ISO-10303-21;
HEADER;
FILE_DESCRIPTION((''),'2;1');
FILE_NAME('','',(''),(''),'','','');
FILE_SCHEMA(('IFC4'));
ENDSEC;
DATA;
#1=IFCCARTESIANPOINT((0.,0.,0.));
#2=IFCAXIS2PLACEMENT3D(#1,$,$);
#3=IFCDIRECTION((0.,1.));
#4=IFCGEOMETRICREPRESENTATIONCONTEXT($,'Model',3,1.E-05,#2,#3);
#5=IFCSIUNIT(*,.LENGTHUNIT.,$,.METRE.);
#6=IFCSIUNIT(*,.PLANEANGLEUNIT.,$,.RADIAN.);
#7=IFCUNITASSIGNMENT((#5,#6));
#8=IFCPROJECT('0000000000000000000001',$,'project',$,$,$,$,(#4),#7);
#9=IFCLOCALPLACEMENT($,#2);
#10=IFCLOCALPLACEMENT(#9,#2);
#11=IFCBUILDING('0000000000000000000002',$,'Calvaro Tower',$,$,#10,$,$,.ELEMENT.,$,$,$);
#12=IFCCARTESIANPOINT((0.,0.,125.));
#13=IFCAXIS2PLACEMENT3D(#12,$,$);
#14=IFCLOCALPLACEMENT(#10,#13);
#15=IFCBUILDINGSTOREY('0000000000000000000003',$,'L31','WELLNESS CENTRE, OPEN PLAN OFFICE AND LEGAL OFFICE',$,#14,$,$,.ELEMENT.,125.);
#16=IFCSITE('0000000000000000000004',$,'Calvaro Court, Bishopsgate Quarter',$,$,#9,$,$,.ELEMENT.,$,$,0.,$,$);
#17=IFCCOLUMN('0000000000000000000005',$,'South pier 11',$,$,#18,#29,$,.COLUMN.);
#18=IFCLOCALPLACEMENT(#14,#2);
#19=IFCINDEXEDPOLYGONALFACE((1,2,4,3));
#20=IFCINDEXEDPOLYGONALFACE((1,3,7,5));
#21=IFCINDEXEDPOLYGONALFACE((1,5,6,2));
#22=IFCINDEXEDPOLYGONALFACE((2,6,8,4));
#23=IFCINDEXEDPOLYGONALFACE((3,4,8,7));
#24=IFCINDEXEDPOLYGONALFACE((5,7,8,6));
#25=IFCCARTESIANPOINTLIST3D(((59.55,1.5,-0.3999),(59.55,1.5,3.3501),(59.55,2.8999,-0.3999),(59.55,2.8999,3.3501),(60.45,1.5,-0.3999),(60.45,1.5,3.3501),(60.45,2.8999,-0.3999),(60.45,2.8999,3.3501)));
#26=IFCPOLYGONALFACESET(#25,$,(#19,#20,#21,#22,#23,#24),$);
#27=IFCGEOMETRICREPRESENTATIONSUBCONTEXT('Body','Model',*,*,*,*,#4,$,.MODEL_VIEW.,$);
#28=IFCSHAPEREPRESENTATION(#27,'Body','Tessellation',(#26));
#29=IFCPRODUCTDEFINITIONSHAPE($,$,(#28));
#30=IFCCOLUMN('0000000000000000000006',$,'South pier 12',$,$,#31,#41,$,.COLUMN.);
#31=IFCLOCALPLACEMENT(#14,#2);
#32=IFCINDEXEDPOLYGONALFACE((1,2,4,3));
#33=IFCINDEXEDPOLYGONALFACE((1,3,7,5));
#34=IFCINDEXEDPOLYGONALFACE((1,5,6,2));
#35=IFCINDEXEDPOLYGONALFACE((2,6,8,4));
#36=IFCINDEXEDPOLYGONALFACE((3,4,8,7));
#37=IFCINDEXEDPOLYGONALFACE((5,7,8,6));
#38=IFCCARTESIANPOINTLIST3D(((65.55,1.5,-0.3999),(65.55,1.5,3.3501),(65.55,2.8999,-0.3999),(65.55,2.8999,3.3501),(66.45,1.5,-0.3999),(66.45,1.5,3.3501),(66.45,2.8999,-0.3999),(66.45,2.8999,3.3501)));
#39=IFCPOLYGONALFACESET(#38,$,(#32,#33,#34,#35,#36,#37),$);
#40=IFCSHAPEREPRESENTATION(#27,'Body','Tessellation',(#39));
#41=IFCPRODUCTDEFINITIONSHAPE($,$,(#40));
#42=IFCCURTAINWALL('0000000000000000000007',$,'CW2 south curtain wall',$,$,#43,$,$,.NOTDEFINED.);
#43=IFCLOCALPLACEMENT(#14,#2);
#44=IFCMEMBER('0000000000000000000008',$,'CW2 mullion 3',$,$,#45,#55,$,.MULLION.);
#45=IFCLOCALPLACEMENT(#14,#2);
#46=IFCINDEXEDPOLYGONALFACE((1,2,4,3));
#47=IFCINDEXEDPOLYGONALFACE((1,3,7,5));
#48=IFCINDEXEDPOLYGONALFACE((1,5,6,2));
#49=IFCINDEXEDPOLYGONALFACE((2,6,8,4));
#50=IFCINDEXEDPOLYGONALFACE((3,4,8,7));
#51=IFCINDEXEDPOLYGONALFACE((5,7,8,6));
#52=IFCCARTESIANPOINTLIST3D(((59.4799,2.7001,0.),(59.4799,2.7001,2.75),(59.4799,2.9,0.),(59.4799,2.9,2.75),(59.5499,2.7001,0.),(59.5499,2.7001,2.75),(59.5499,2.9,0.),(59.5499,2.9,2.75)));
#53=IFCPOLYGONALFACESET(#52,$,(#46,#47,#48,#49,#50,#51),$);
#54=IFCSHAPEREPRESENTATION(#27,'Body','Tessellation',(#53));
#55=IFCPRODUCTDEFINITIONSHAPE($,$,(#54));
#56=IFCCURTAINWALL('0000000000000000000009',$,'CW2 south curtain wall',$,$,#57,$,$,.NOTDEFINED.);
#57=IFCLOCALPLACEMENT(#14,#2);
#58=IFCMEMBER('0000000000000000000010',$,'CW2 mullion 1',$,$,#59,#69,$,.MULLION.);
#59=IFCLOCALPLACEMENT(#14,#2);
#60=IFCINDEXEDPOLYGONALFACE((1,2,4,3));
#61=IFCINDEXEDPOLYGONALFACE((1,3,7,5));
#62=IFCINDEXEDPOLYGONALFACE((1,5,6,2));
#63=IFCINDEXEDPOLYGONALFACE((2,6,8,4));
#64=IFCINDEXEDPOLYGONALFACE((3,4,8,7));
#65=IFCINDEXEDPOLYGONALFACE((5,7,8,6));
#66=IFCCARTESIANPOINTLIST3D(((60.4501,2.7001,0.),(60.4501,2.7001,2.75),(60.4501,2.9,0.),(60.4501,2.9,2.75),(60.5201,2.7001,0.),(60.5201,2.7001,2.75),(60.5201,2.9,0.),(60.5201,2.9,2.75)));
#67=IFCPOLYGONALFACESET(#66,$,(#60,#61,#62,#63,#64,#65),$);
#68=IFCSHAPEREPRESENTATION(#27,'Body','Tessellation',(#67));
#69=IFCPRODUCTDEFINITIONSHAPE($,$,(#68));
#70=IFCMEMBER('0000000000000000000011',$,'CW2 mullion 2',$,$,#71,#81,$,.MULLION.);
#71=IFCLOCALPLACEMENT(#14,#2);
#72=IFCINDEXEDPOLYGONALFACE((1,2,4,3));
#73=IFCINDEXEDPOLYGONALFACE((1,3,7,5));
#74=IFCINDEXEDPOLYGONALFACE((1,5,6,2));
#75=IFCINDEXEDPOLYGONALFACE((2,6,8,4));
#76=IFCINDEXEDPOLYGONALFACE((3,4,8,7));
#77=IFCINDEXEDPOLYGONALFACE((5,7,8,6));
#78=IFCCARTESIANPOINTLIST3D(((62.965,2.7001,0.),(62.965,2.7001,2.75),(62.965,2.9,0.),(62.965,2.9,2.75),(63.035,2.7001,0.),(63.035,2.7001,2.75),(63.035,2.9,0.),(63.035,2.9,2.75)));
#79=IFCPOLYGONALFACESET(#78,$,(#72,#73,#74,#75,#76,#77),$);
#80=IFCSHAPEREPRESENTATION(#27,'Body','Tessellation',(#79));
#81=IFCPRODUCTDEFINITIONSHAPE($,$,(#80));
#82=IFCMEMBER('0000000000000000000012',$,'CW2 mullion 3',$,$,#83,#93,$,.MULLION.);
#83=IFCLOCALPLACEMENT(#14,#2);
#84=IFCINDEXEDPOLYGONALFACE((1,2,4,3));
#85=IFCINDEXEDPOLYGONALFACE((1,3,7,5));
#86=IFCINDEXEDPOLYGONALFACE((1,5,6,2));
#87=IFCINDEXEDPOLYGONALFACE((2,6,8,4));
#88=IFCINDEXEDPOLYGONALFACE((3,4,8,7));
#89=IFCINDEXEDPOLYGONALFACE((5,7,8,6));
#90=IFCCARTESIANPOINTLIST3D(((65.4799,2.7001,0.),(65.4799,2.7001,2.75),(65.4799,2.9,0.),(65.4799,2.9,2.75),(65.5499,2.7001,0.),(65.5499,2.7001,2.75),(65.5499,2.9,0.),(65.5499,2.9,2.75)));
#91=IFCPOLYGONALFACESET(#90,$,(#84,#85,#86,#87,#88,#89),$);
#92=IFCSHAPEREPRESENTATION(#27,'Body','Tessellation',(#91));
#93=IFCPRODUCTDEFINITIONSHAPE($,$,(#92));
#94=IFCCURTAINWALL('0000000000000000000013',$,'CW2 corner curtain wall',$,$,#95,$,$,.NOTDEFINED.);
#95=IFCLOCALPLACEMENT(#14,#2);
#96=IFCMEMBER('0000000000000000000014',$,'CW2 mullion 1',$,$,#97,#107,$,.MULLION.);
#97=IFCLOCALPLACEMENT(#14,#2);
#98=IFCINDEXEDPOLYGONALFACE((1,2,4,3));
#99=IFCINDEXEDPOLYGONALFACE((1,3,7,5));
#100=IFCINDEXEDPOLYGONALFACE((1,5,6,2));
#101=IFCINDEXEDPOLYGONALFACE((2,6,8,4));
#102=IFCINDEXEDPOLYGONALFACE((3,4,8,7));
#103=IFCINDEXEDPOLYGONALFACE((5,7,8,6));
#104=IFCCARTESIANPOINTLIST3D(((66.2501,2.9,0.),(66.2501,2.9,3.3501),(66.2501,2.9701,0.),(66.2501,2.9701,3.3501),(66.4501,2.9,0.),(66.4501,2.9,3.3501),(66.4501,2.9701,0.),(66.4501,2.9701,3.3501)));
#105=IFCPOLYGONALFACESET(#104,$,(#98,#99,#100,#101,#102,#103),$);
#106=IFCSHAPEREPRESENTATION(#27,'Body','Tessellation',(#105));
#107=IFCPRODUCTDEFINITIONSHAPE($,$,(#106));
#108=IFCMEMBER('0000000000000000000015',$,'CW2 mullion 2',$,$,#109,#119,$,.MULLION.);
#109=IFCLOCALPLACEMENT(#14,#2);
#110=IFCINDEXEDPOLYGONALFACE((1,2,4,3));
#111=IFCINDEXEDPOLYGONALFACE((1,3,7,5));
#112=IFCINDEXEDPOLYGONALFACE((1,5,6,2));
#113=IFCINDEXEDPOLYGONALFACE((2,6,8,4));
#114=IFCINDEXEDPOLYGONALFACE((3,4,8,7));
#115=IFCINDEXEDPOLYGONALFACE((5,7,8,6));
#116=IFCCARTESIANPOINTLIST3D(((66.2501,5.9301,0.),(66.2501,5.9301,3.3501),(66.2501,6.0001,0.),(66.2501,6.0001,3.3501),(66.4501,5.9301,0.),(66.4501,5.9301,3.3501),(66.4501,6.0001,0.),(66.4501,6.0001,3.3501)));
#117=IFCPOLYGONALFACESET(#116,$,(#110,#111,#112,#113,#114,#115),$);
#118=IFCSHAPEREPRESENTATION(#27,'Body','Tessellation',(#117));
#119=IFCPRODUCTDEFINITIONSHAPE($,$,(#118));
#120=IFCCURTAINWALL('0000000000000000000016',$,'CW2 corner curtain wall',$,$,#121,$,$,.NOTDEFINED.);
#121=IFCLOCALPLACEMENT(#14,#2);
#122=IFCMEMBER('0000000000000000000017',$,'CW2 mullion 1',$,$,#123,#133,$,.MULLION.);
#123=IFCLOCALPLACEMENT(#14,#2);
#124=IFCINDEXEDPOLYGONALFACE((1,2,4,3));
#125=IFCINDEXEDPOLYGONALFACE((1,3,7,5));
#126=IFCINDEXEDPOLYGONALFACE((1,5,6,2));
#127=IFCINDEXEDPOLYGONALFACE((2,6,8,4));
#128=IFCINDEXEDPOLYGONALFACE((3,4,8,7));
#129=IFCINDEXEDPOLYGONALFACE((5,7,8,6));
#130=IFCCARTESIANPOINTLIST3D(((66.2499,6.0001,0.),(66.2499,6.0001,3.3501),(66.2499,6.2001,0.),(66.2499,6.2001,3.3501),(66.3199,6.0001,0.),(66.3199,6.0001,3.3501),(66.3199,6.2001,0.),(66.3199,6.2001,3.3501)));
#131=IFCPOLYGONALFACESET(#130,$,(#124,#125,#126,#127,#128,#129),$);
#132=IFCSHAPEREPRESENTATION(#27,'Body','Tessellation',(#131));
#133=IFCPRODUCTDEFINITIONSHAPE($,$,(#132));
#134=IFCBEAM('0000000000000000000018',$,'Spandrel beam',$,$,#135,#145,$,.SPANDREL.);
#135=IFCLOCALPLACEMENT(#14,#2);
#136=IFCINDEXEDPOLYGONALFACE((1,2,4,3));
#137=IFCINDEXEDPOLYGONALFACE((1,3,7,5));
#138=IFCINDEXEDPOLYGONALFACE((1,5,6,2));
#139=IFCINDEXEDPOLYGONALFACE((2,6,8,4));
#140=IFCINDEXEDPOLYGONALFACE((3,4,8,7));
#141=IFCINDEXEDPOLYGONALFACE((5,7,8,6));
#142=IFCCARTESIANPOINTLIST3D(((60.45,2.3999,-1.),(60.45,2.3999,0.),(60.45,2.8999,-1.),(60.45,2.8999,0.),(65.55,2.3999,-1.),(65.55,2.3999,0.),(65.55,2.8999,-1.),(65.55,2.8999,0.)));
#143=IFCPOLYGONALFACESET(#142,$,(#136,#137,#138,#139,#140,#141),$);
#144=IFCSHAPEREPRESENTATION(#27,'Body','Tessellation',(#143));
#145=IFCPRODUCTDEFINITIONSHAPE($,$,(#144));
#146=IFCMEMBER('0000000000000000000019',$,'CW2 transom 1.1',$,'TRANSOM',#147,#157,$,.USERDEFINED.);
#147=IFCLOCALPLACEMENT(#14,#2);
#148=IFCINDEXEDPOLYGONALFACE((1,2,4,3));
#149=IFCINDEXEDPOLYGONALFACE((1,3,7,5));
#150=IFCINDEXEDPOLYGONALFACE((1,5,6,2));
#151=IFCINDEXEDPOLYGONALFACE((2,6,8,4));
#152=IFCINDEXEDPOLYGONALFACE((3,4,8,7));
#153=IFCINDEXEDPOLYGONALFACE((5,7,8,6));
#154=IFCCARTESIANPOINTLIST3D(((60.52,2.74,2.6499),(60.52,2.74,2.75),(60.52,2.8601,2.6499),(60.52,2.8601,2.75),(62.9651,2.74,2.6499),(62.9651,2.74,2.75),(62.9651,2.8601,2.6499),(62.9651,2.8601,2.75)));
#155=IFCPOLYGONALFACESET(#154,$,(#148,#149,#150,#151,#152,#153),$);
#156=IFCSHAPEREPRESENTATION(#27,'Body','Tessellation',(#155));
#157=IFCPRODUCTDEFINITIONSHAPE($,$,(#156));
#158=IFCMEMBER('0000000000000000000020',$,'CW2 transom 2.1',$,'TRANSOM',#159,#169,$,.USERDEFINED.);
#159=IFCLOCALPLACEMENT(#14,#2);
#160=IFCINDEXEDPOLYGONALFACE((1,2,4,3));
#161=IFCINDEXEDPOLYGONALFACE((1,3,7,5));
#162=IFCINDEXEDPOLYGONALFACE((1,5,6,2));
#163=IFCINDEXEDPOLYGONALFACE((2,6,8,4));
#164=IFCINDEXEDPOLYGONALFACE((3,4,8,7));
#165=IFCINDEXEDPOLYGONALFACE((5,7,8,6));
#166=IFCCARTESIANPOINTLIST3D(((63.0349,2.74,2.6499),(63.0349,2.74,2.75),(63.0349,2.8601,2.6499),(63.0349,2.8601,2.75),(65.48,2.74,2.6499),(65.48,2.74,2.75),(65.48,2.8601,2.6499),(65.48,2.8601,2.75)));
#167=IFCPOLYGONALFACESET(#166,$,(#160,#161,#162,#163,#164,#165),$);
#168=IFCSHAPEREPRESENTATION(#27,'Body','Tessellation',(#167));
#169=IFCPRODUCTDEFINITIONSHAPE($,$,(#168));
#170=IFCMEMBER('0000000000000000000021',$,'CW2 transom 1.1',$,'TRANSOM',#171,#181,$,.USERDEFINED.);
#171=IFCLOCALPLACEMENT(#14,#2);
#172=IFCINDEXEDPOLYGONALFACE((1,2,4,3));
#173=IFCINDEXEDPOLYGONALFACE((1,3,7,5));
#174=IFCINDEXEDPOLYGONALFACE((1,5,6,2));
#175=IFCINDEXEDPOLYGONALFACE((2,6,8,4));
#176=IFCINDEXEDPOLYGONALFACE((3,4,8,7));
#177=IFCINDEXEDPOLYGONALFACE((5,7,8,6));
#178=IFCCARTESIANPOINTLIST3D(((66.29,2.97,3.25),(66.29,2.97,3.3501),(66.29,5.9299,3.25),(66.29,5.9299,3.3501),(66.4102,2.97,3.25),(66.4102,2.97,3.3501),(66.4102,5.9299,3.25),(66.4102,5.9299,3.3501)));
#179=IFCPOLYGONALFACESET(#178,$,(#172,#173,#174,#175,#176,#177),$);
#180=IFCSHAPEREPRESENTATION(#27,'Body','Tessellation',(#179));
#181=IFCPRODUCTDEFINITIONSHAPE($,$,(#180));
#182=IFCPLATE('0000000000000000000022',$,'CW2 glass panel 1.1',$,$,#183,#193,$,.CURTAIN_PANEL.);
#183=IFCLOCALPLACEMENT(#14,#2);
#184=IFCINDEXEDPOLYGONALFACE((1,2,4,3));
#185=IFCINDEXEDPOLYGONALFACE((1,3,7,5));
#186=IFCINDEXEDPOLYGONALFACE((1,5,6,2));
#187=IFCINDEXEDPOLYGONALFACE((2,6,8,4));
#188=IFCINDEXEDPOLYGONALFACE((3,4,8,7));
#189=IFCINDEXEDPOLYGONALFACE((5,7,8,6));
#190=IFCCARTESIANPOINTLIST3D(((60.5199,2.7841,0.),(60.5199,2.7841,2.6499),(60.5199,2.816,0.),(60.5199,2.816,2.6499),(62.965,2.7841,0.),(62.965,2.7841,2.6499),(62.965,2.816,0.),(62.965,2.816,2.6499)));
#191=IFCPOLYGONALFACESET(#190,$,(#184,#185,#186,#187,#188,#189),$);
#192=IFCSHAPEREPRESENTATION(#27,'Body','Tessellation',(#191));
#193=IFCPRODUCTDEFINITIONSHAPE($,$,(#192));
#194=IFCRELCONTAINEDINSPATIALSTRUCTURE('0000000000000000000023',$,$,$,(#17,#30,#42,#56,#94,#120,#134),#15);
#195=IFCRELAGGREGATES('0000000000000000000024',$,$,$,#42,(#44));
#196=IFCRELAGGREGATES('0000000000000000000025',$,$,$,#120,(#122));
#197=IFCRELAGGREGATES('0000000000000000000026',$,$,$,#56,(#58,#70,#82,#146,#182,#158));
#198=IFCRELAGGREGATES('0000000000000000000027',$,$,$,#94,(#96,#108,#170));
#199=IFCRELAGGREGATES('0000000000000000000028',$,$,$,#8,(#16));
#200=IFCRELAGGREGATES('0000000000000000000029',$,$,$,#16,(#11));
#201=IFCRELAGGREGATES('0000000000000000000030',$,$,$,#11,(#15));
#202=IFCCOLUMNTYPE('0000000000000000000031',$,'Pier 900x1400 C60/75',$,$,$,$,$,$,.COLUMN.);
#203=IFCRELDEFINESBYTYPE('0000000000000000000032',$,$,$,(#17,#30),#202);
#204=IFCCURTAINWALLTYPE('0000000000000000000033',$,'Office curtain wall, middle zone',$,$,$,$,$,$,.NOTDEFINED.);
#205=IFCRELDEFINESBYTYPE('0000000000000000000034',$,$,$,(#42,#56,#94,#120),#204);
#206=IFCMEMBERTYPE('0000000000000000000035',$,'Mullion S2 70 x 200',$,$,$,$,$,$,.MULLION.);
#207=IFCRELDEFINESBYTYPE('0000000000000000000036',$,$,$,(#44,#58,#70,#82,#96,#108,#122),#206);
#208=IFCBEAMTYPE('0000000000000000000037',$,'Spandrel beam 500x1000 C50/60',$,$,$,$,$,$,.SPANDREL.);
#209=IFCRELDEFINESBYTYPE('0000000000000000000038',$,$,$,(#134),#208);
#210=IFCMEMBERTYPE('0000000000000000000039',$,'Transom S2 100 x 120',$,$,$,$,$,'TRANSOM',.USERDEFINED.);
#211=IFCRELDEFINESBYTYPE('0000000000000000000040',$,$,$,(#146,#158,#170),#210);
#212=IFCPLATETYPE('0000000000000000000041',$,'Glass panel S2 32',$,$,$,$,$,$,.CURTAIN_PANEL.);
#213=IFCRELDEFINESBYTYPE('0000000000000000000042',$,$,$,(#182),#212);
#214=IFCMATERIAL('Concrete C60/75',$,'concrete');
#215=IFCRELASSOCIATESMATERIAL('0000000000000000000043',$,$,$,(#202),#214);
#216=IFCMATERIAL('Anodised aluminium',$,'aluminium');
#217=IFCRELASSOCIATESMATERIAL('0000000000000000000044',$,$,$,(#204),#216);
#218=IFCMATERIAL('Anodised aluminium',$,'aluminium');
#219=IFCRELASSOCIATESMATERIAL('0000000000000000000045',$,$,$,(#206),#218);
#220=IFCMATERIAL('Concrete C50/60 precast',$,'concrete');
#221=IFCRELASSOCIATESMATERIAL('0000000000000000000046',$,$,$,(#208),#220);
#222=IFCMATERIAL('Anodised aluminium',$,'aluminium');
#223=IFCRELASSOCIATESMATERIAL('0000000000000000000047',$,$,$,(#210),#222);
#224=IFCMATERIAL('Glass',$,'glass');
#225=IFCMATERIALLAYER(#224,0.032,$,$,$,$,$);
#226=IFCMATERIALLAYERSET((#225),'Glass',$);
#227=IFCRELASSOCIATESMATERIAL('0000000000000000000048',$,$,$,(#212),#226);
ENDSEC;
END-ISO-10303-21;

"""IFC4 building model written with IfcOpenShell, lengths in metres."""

from ifc_helpers import new_model, si_unit, direction, frame, origin, origin_2d, place, context, subcontext, project, spatial, rectangle, extrude, material, layer, layer_set, material_profile, profile_set, type_object, element, aggregate, save


model = new_model("IFC4")

# Units and contexts
model_context = context("Model", 3, precision=1e-05, world=origin(), true_north=direction((0.0, 1.0)))
body_context = subcontext(model_context, "Body", "Model", "MODEL_VIEW")
ifc_project = project(units=[si_unit("LENGTHUNIT", "METRE"), si_unit("PLANEANGLEUNIT", "RADIAN")], contexts=[model_context])

# Site, building, storey
site_placement = place(None, origin())
site = spatial("IfcSite", under=ifc_project, at=site_placement, Name="Calvaro Court, Bishopsgate Quarter", CompositionType="ELEMENT", RefElevation=0.0)
building_placement = place(site_placement, origin())
building = spatial("IfcBuilding", under=site, at=building_placement, Name="Calvaro Tower", CompositionType="ELEMENT")
storey_placement = place(building_placement, frame((0.0, 0.0, 125.0)))
storey = spatial("IfcBuildingStorey", under=building, at=storey_placement, Name="L31", Description="WELLNESS CENTRE, OPEN PLAN OFFICE AND LEGAL OFFICE", CompositionType="ELEMENT", Elevation=125.0)

# Columns
ifc_material_1 = material(Name="Concrete C60/75", Category="concrete")
ifc_material_profile_1 = material_profile(ifc_material_1, rectangle(XDim=0.8999, YDim=1.3999, at=origin_2d()), Name="RC 900x1400")
ifc_profile_set_1 = profile_set([ifc_material_profile_1], Name="Concrete C60/75")
column_type = type_object("IfcColumnType", Name="Pier 900x1400 C60/75", PredefinedType="COLUMN", material=ifc_profile_set_1)
for number, where, z_axis, x_axis, name in (
    (1, (60.0, 2.2, -0.3999), (0.0, 0.0, 1.0), (1.0, 0.0, 0.0), "South pier 11"),
    (2, (66.0, 2.2, -0.3999), (0.0, 0.0, 1.0), (1.0, 0.0, 0.0), "South pier 12"),
):
    element("IfcColumn", number, at=place(storey_placement, frame(where, z_axis=z_axis, x_axis=x_axis)), inside=storey, type_object=column_type, Name=name, PredefinedType="COLUMN", context=body_context, shape_type="SweptSolid", body=[
        extrude(rectangle(XDim=0.8999, YDim=1.3999, at=origin_2d()), origin(), (0.0, 0.0, 1.0), 3.75),
    ])

# Curtain wall, member
ifc_material_2 = material(Name="Anodised aluminium", Category="aluminium")
curtain_wall_type = type_object("IfcCurtainWallType", Name="Office curtain wall, middle zone", PredefinedType="NOTDEFINED", material=ifc_material_2)
curtain_wall_1_placement = place(storey_placement, origin())
curtain_wall_1 = element("IfcCurtainWall", 3, at=curtain_wall_1_placement, inside=storey, type_object=curtain_wall_type, Name="CW2 south curtain wall", PredefinedType="NOTDEFINED")
ifc_material_3 = material(Name="Anodised aluminium", Category="aluminium")
ifc_material_profile_2 = material_profile(ifc_material_3, rectangle(XDim=0.2, YDim=0.0701, at=origin_2d()), Name="Mullion S2 70 x 200")
ifc_profile_set_2 = profile_set([ifc_material_profile_2], Name="Anodised aluminium")
member_type_1 = type_object("IfcMemberType", Name="Mullion S2 70 x 200", PredefinedType="MULLION", material=ifc_profile_set_2)
member_1_placement = place(storey_placement, frame((59.5149, 2.8, 0.0), z_axis=(0.0, 0.0, 1.0), x_axis=(0.0, 1.0, 0.0)))
member_1 = element("IfcMember", 4, at=member_1_placement, type_object=member_type_1, Name="CW2 mullion 3", PredefinedType="MULLION", context=body_context, shape_type="SweptSolid", body=[
    extrude(rectangle(XDim=0.2, YDim=0.0701, at=origin_2d()), origin(), (0.0, 0.0, 1.0), 2.75),
])
aggregate(curtain_wall_1, [member_1])

# Curtain walls, members
curtain_wall_2_placement = place(storey_placement, origin())
curtain_wall_2 = element("IfcCurtainWall", 5, at=curtain_wall_2_placement, inside=storey, type_object=curtain_wall_type, Name="CW2 south curtain wall", PredefinedType="NOTDEFINED")
member_2_placement = place(storey_placement, frame((60.4851, 2.8, 0.0), z_axis=(0.0, 0.0, 1.0), x_axis=(0.0, 1.0, 0.0)))
member_2 = element("IfcMember", 6, at=member_2_placement, type_object=member_type_1, Name="CW2 mullion 1", PredefinedType="MULLION", context=body_context, shape_type="SweptSolid", body=[
    extrude(rectangle(XDim=0.2, YDim=0.0701, at=origin_2d()), origin(), (0.0, 0.0, 1.0), 2.75),
])
member_3_placement = place(storey_placement, frame((63.0, 2.8, 0.0), z_axis=(0.0, 0.0, 1.0), x_axis=(0.0, 1.0, 0.0)))
member_3 = element("IfcMember", 7, at=member_3_placement, type_object=member_type_1, Name="CW2 mullion 2", PredefinedType="MULLION", context=body_context, shape_type="SweptSolid", body=[
    extrude(rectangle(XDim=0.2, YDim=0.0701, at=origin_2d()), origin(), (0.0, 0.0, 1.0), 2.75),
])
member_4_placement = place(storey_placement, frame((65.5149, 2.8, 0.0), z_axis=(0.0, 0.0, 1.0), x_axis=(0.0, 1.0, 0.0)))
member_4 = element("IfcMember", 8, at=member_4_placement, type_object=member_type_1, Name="CW2 mullion 3", PredefinedType="MULLION", context=body_context, shape_type="SweptSolid", body=[
    extrude(rectangle(XDim=0.2, YDim=0.0701, at=origin_2d()), origin(), (0.0, 0.0, 1.0), 2.75),
])
curtain_wall_3_placement = place(storey_placement, origin())
curtain_wall_3 = element("IfcCurtainWall", 9, at=curtain_wall_3_placement, inside=storey, type_object=curtain_wall_type, Name="CW2 corner curtain wall", PredefinedType="NOTDEFINED")
member_5_placement = place(storey_placement, frame((66.3501, 2.9351, 0.0), z_axis=(0.0, 0.0, 1.0), x_axis=(-1.0, 0.0, 0.0)))
member_5 = element("IfcMember", 10, at=member_5_placement, type_object=member_type_1, Name="CW2 mullion 1", PredefinedType="MULLION", context=body_context, shape_type="SweptSolid", body=[
    extrude(rectangle(XDim=0.2, YDim=0.0701, at=origin_2d()), origin(), (0.0, 0.0, 1.0), 3.3501),
])
member_6_placement = place(storey_placement, frame((66.3501, 5.9651, 0.0), z_axis=(0.0, 0.0, 1.0), x_axis=(-1.0, 0.0, 0.0)))
member_6 = element("IfcMember", 11, at=member_6_placement, type_object=member_type_1, Name="CW2 mullion 2", PredefinedType="MULLION", context=body_context, shape_type="SweptSolid", body=[
    extrude(rectangle(XDim=0.2, YDim=0.0701, at=origin_2d()), origin(), (0.0, 0.0, 1.0), 3.3501),
])

# Curtain wall, member
curtain_wall_4_placement = place(storey_placement, origin())
curtain_wall_4 = element("IfcCurtainWall", 12, at=curtain_wall_4_placement, inside=storey, type_object=curtain_wall_type, Name="CW2 corner curtain wall", PredefinedType="NOTDEFINED")
member_7_placement = place(storey_placement, frame((66.2849, 6.1001, 0.0), z_axis=(0.0, 0.0, 1.0), x_axis=(0.0, 1.0, 0.0)))
member_7 = element("IfcMember", 13, at=member_7_placement, type_object=member_type_1, Name="CW2 mullion 1", PredefinedType="MULLION", context=body_context, shape_type="SweptSolid", body=[
    extrude(rectangle(XDim=0.2, YDim=0.0701, at=origin_2d()), origin(), (0.0, 0.0, 1.0), 3.3501),
])
aggregate(curtain_wall_4, [member_7])

# Beam
ifc_material_4 = material(Name="Concrete C50/60 precast", Category="concrete")
ifc_material_profile_3 = material_profile(ifc_material_4, rectangle(XDim=0.5, YDim=1.0, at=origin_2d()), Name="RC 500x1000")
ifc_profile_set_3 = profile_set([ifc_material_profile_3], Name="Concrete C50/60 precast")
beam_type = type_object("IfcBeamType", Name="Spandrel beam 500x1000 C50/60", PredefinedType="SPANDREL", material=ifc_profile_set_3)
beam_placement = place(storey_placement, frame((60.45, 2.6499, -0.5), z_axis=(1.0, 0.0, 0.0), x_axis=(0.0, 1.0, 0.0)))
element("IfcBeam", 14, at=beam_placement, inside=storey, type_object=beam_type, Name="Spandrel beam", PredefinedType="SPANDREL", context=body_context, shape_type="SweptSolid", body=[
    extrude(rectangle(XDim=0.5, YDim=1.0, at=origin_2d()), origin(), (0.0, 0.0, 1.0), 5.1001),
])

# Members
ifc_material_5 = material(Name="Anodised aluminium", Category="aluminium")
ifc_material_profile_4 = material_profile(ifc_material_5, rectangle(XDim=0.1201, YDim=0.1001, at=origin_2d()), Name="Transom S2 100 x 120")
ifc_profile_set_4 = profile_set([ifc_material_profile_4], Name="Anodised aluminium")
member_type_2 = type_object("IfcMemberType", Name="Transom S2 100 x 120", ElementType="TRANSOM", PredefinedType="USERDEFINED", material=ifc_profile_set_4)
member_8_placement = place(storey_placement, frame((60.52, 2.8, 2.7), z_axis=(1.0, 0.0, 0.0), x_axis=(0.0, 1.0, 0.0)))
member_8 = element("IfcMember", 15, at=member_8_placement, type_object=member_type_2, Name="CW2 transom 1.1", ObjectType="TRANSOM", PredefinedType="USERDEFINED", context=body_context, shape_type="SweptSolid", body=[
    extrude(rectangle(XDim=0.1201, YDim=0.1001, at=origin_2d()), origin(), (0.0, 0.0, 1.0), 2.4451),
])
member_9_placement = place(storey_placement, frame((63.0349, 2.8, 2.7), z_axis=(1.0, 0.0, 0.0), x_axis=(0.0, 1.0, 0.0)))
member_9 = element("IfcMember", 16, at=member_9_placement, type_object=member_type_2, Name="CW2 transom 2.1", ObjectType="TRANSOM", PredefinedType="USERDEFINED", context=body_context, shape_type="SweptSolid", body=[
    extrude(rectangle(XDim=0.1201, YDim=0.1001, at=origin_2d()), origin(), (0.0, 0.0, 1.0), 2.4451),
])
member_10_placement = place(storey_placement, frame((66.3501, 2.97, 3.3), z_axis=(0.0, 1.0, 0.0), x_axis=(-1.0, 0.0, 0.0)))
member_10 = element("IfcMember", 17, at=member_10_placement, type_object=member_type_2, Name="CW2 transom 1.1", ObjectType="TRANSOM", PredefinedType="USERDEFINED", context=body_context, shape_type="SweptSolid", body=[
    extrude(rectangle(XDim=0.1201, YDim=0.1001, at=origin_2d()), origin(), (0.0, 0.0, 1.0), 2.96),
])

# Plate
ifc_material_6 = material(Name="Glass", Category="glass")
ifc_layer_1 = layer(ifc_material_6, 0.032)
ifc_layer_set_1 = layer_set([ifc_layer_1], Name="Glass")
plate_type = type_object("IfcPlateType", Name="Glass panel S2 32", PredefinedType="CURTAIN_PANEL", material=ifc_layer_set_1)
plate_1_placement = place(storey_placement, frame((61.7424, 2.8, 0.0), z_axis=(0.0, 0.0, 1.0), x_axis=(1.0, 0.0, 0.0)))
plate_1 = element("IfcPlate", 18, at=plate_1_placement, type_object=plate_type, Name="CW2 glass panel 1.1", PredefinedType="CURTAIN_PANEL", context=body_context, shape_type="SweptSolid", body=[
    extrude(rectangle(XDim=2.4451, YDim=0.032, at=origin_2d()), origin(), (0.0, 0.0, 1.0), 2.6499),
])
aggregate(curtain_wall_2, [member_2, member_3, member_4, member_8, plate_1, member_9])
aggregate(curtain_wall_3, [member_5, member_6, member_10])

save(model, "model.ifc")
